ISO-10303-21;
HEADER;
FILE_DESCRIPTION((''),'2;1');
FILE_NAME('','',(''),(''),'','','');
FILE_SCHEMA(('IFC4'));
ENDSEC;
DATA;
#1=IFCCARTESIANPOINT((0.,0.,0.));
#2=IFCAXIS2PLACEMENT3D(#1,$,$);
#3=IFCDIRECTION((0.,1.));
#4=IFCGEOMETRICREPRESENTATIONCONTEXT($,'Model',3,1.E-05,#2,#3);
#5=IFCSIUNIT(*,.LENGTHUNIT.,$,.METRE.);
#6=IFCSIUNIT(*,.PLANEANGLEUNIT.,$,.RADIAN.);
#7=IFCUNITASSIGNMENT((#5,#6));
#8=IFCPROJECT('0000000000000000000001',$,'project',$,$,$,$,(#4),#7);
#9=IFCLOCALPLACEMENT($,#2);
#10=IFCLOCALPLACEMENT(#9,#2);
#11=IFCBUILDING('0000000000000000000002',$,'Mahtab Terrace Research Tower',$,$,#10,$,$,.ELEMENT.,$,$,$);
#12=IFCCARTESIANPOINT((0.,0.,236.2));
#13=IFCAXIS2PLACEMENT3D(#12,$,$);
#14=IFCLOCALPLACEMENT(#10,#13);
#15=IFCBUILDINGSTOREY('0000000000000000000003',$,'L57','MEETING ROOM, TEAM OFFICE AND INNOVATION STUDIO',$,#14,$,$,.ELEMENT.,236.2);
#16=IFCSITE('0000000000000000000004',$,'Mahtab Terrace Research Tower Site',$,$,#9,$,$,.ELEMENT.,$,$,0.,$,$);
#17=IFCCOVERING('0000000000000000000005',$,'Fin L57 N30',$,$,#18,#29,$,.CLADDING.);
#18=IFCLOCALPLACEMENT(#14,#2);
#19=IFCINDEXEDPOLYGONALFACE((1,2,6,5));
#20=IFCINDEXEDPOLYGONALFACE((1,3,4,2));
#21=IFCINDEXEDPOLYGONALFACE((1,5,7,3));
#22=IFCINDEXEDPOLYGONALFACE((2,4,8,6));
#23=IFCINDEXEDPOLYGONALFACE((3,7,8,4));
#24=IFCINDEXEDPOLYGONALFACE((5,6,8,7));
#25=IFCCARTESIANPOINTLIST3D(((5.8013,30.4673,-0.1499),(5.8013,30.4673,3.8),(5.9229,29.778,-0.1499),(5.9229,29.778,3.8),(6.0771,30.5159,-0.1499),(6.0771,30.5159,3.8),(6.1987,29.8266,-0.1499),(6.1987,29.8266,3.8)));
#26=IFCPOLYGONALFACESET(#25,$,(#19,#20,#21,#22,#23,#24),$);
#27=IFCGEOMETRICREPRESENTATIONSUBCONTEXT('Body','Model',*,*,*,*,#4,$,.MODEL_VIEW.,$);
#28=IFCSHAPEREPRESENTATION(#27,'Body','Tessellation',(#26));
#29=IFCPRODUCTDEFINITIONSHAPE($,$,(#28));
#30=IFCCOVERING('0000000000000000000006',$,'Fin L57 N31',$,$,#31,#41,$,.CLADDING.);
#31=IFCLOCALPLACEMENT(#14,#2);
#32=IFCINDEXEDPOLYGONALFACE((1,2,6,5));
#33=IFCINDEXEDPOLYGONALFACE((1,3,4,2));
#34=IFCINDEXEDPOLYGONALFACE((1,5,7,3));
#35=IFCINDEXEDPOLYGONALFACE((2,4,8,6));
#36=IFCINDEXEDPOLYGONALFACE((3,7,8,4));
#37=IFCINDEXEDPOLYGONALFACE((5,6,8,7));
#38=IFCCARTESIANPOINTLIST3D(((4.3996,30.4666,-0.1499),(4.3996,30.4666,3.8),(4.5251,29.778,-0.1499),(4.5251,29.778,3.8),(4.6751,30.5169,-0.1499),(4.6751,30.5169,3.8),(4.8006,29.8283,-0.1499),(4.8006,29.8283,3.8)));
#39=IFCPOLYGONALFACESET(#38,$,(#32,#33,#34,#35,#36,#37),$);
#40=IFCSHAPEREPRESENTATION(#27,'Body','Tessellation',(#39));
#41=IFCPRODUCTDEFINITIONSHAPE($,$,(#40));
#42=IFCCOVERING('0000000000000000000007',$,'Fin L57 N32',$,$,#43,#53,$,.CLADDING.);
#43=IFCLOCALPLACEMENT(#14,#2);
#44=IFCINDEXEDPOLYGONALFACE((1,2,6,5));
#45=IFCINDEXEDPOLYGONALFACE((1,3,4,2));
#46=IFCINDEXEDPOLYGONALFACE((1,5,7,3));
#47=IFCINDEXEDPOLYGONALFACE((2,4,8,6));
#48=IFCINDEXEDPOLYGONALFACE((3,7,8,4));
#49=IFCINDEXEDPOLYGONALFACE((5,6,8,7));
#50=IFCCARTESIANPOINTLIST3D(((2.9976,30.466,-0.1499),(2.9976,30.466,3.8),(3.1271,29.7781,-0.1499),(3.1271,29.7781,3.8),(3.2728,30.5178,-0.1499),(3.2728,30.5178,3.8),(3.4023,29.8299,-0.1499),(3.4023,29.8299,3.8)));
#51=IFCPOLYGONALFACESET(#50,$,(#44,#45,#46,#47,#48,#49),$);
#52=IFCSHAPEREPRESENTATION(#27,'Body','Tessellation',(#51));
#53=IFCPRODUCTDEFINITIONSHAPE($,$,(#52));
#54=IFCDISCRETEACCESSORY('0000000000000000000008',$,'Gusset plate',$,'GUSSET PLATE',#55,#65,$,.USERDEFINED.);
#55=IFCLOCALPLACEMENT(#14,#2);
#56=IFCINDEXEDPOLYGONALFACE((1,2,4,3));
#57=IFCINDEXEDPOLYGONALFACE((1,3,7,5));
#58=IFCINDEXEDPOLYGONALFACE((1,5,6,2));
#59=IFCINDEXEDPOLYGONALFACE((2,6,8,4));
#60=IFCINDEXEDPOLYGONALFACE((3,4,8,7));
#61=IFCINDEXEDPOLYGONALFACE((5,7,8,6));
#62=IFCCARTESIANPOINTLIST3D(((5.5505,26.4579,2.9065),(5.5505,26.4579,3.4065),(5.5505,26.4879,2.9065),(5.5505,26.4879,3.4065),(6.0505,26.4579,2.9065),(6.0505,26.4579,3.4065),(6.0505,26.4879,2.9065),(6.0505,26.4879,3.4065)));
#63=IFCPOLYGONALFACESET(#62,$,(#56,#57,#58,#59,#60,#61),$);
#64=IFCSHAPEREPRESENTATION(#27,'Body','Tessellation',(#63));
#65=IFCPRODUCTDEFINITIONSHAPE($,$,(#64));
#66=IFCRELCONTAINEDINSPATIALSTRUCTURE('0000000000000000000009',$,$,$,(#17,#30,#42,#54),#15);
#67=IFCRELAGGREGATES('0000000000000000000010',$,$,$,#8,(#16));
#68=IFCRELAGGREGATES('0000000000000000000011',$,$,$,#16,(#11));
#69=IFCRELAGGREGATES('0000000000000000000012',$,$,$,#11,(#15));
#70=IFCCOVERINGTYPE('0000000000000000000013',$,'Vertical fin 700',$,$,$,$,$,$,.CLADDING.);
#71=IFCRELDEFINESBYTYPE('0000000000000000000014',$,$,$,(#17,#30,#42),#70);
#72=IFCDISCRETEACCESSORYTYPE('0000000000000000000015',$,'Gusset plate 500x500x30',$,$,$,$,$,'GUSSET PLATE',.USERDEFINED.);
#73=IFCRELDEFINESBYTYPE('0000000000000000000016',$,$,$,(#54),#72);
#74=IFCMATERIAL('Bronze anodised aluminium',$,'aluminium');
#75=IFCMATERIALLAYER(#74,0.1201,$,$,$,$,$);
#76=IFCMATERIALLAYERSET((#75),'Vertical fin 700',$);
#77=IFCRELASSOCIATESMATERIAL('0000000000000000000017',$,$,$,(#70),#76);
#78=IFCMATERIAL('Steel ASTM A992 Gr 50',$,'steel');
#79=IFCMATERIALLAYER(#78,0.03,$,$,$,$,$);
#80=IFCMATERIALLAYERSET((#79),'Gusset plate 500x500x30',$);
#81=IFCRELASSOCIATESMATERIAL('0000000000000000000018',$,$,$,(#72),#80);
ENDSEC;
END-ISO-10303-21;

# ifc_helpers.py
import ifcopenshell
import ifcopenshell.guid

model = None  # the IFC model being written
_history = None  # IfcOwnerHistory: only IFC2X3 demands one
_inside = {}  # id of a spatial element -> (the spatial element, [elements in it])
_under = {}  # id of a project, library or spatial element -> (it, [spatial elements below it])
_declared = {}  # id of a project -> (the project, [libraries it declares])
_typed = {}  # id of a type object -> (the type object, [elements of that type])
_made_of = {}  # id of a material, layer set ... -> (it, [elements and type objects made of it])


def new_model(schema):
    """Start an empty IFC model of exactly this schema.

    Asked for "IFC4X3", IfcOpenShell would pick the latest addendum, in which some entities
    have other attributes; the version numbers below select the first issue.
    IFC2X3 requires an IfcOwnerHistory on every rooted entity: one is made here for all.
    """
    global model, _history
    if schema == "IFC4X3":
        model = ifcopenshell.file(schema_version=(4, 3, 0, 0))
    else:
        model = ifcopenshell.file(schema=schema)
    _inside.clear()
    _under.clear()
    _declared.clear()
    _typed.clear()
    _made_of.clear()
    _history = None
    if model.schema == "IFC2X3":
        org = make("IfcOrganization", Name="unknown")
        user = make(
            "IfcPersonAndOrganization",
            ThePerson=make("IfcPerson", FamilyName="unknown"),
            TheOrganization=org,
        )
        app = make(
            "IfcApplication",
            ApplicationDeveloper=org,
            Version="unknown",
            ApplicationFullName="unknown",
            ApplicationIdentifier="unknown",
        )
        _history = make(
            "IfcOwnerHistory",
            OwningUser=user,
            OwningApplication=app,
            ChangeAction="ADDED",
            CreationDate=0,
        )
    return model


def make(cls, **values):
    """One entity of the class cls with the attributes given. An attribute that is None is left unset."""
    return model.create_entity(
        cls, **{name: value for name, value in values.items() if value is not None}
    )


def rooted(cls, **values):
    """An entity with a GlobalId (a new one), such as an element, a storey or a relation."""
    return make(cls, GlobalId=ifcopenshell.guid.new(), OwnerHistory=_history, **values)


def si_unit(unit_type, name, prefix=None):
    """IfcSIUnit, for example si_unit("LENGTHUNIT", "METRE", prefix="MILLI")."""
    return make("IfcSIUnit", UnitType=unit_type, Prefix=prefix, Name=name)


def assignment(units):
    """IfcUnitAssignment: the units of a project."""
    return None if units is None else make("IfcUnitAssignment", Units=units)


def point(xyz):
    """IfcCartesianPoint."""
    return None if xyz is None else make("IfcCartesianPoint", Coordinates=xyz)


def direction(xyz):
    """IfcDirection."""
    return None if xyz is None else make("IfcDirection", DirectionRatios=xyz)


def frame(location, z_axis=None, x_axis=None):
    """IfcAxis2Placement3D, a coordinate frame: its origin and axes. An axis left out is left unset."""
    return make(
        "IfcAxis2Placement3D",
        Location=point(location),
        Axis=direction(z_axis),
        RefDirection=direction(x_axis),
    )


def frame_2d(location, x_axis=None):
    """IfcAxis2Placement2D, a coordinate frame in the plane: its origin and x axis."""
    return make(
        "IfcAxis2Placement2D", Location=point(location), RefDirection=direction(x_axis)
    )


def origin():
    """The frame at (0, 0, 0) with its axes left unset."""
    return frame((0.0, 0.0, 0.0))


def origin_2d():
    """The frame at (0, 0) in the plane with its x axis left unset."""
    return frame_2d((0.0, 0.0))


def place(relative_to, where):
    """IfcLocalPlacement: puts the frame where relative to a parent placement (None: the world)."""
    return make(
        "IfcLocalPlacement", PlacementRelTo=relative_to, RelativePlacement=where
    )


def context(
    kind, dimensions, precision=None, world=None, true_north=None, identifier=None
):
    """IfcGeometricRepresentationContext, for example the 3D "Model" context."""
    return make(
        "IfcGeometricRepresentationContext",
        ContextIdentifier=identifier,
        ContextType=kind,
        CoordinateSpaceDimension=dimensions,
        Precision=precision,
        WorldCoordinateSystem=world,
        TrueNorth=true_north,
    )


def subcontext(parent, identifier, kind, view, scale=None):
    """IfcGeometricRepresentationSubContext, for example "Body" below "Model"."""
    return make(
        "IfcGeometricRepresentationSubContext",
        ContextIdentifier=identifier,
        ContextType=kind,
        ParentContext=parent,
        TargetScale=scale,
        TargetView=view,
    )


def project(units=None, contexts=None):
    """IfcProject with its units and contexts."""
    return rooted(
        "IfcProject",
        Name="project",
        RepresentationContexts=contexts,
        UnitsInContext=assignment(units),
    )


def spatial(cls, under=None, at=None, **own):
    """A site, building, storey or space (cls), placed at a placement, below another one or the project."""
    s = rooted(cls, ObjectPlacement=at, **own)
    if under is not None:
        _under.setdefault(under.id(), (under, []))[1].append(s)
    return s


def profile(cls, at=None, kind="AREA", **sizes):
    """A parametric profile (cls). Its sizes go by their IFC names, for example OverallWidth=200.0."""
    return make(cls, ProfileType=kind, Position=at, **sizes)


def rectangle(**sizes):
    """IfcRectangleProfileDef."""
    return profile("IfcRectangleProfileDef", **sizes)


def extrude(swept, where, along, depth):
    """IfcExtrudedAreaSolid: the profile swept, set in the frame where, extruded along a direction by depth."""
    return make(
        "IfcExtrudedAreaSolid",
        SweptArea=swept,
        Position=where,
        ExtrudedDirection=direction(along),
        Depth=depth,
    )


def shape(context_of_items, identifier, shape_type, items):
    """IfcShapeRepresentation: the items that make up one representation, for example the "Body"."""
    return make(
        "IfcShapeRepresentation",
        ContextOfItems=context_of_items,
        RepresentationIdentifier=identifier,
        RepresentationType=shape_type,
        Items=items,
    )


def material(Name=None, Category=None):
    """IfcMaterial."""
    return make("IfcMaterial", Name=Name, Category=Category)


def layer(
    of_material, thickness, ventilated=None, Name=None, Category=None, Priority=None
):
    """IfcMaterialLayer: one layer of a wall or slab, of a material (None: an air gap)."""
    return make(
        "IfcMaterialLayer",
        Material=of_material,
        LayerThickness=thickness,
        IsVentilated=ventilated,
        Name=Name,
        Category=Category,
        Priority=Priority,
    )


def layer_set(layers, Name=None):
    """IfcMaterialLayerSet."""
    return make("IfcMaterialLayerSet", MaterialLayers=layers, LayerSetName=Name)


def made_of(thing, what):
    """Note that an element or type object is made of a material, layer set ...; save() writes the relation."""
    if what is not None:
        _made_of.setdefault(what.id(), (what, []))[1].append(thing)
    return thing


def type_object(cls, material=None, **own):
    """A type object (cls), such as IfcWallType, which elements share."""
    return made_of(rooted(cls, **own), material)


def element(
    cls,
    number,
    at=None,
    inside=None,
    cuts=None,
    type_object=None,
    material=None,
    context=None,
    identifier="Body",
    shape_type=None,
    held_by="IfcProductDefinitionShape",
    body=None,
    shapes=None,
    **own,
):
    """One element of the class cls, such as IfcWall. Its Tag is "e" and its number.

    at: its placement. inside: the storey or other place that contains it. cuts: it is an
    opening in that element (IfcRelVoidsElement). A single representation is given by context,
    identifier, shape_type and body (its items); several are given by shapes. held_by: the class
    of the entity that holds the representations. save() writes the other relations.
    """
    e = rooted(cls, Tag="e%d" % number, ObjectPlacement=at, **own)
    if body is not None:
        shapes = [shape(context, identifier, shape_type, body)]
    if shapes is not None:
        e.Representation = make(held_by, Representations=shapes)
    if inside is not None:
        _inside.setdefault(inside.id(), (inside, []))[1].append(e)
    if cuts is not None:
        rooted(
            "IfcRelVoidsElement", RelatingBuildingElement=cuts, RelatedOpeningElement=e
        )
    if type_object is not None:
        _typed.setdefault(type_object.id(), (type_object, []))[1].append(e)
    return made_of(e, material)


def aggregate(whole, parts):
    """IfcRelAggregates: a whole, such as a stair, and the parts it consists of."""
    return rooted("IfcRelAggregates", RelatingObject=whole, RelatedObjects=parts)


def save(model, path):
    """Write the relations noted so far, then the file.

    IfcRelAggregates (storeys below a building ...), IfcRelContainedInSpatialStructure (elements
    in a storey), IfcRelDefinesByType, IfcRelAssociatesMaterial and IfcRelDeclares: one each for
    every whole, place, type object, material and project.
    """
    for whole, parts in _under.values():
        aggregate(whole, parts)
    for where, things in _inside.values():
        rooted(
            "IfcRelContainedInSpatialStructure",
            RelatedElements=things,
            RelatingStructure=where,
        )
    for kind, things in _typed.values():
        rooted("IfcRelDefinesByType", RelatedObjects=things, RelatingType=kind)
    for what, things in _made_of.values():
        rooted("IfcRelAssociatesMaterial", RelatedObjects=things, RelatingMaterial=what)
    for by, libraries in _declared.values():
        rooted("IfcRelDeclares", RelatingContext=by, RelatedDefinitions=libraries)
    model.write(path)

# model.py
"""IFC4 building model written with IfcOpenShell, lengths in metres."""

from ifc_helpers import new_model, si_unit, direction, frame, origin, origin_2d, place, context, subcontext, project, spatial, rectangle, extrude, material, layer, layer_set, type_object, element, save


model = new_model("IFC4")

# Units and contexts
model_context = context("Model", 3, precision=1e-05, world=origin(), true_north=direction((0.0, 1.0)))
body_context = subcontext(model_context, "Body", "Model", "MODEL_VIEW")
ifc_project = project(units=[si_unit("LENGTHUNIT", "METRE"), si_unit("PLANEANGLEUNIT", "RADIAN")], contexts=[model_context])

# Site, building, storey
site_placement = place(None, origin())
site = spatial("IfcSite", under=ifc_project, at=site_placement, Name="Mahtab Terrace Research Tower Site", CompositionType="ELEMENT", RefElevation=0.0)
building_placement = place(site_placement, origin())
building = spatial("IfcBuilding", under=site, at=building_placement, Name="Mahtab Terrace Research Tower", CompositionType="ELEMENT")
storey_placement = place(building_placement, frame((0.0, 0.0, 236.2)))
storey = spatial("IfcBuildingStorey", under=building, at=storey_placement, Name="L57", Description="MEETING ROOM, TEAM OFFICE AND INNOVATION STUDIO", CompositionType="ELEMENT", Elevation=236.2)

# Shared definitions
ifc_material_1 = material(Name="Steel ASTM A992 Gr 50", Category="steel")

# Coverings
ifc_material_2 = material(Name="Bronze anodised aluminium", Category="aluminium")
ifc_layer_1 = layer(ifc_material_2, 0.1201)
ifc_layer_set_1 = layer_set([ifc_layer_1], Name="Vertical fin 700")
covering_type = type_object("IfcCoveringType", Name="Vertical fin 700", PredefinedType="CLADDING", material=ifc_layer_set_1)
for number, where, z_axis, x_axis, name in (
    (1, (6.0, 30.147, -0.1499), (0.0, 0.0, 1.0), (-0.984808, -0.173648, 0.0), "Fin L57 N30"),
    (2, (4.6001, 30.1475, -0.1499), (0.0, 0.0, 1.0), (-0.983781, -0.179375, 0.0), "Fin L57 N31"),
    (3, (3.2, 30.1479, -0.1499), (0.0, 0.0, 1.0), (-0.982721, -0.185095, 0.0), "Fin L57 N32"),
):
    element("IfcCovering", number, at=place(storey_placement, frame(where, z_axis=z_axis, x_axis=x_axis)), inside=storey, type_object=covering_type, Name=name, PredefinedType="CLADDING", context=body_context, shape_type="SweptSolid", body=[
        extrude(rectangle(XDim=0.28, YDim=0.7, at=origin_2d()), origin(), (0.0, 0.0, 1.0), 3.95),
    ])

# Discrete accessory
ifc_layer_2 = layer(ifc_material_1, 0.03)
ifc_layer_set_2 = layer_set([ifc_layer_2], Name="Gusset plate 500x500x30")
discrete_accessory_type = type_object("IfcDiscreteAccessoryType", Name="Gusset plate 500x500x30", ElementType="GUSSET PLATE", PredefinedType="USERDEFINED", material=ifc_layer_set_2)
discrete_accessory_placement = place(storey_placement, frame((5.8005, 26.4729, 2.9065), z_axis=(0.0, 0.0, 1.0), x_axis=(1.0, 0.0, 0.0)))
element("IfcDiscreteAccessory", 4, at=discrete_accessory_placement, inside=storey, type_object=discrete_accessory_type, Name="Gusset plate", ObjectType="GUSSET PLATE", PredefinedType="USERDEFINED", context=body_context, shape_type="SweptSolid", body=[
    extrude(rectangle(XDim=0.5, YDim=0.03, at=origin_2d()), origin(), (0.0, 0.0, 1.0), 0.5),
])

save(model, "model.ifc")
